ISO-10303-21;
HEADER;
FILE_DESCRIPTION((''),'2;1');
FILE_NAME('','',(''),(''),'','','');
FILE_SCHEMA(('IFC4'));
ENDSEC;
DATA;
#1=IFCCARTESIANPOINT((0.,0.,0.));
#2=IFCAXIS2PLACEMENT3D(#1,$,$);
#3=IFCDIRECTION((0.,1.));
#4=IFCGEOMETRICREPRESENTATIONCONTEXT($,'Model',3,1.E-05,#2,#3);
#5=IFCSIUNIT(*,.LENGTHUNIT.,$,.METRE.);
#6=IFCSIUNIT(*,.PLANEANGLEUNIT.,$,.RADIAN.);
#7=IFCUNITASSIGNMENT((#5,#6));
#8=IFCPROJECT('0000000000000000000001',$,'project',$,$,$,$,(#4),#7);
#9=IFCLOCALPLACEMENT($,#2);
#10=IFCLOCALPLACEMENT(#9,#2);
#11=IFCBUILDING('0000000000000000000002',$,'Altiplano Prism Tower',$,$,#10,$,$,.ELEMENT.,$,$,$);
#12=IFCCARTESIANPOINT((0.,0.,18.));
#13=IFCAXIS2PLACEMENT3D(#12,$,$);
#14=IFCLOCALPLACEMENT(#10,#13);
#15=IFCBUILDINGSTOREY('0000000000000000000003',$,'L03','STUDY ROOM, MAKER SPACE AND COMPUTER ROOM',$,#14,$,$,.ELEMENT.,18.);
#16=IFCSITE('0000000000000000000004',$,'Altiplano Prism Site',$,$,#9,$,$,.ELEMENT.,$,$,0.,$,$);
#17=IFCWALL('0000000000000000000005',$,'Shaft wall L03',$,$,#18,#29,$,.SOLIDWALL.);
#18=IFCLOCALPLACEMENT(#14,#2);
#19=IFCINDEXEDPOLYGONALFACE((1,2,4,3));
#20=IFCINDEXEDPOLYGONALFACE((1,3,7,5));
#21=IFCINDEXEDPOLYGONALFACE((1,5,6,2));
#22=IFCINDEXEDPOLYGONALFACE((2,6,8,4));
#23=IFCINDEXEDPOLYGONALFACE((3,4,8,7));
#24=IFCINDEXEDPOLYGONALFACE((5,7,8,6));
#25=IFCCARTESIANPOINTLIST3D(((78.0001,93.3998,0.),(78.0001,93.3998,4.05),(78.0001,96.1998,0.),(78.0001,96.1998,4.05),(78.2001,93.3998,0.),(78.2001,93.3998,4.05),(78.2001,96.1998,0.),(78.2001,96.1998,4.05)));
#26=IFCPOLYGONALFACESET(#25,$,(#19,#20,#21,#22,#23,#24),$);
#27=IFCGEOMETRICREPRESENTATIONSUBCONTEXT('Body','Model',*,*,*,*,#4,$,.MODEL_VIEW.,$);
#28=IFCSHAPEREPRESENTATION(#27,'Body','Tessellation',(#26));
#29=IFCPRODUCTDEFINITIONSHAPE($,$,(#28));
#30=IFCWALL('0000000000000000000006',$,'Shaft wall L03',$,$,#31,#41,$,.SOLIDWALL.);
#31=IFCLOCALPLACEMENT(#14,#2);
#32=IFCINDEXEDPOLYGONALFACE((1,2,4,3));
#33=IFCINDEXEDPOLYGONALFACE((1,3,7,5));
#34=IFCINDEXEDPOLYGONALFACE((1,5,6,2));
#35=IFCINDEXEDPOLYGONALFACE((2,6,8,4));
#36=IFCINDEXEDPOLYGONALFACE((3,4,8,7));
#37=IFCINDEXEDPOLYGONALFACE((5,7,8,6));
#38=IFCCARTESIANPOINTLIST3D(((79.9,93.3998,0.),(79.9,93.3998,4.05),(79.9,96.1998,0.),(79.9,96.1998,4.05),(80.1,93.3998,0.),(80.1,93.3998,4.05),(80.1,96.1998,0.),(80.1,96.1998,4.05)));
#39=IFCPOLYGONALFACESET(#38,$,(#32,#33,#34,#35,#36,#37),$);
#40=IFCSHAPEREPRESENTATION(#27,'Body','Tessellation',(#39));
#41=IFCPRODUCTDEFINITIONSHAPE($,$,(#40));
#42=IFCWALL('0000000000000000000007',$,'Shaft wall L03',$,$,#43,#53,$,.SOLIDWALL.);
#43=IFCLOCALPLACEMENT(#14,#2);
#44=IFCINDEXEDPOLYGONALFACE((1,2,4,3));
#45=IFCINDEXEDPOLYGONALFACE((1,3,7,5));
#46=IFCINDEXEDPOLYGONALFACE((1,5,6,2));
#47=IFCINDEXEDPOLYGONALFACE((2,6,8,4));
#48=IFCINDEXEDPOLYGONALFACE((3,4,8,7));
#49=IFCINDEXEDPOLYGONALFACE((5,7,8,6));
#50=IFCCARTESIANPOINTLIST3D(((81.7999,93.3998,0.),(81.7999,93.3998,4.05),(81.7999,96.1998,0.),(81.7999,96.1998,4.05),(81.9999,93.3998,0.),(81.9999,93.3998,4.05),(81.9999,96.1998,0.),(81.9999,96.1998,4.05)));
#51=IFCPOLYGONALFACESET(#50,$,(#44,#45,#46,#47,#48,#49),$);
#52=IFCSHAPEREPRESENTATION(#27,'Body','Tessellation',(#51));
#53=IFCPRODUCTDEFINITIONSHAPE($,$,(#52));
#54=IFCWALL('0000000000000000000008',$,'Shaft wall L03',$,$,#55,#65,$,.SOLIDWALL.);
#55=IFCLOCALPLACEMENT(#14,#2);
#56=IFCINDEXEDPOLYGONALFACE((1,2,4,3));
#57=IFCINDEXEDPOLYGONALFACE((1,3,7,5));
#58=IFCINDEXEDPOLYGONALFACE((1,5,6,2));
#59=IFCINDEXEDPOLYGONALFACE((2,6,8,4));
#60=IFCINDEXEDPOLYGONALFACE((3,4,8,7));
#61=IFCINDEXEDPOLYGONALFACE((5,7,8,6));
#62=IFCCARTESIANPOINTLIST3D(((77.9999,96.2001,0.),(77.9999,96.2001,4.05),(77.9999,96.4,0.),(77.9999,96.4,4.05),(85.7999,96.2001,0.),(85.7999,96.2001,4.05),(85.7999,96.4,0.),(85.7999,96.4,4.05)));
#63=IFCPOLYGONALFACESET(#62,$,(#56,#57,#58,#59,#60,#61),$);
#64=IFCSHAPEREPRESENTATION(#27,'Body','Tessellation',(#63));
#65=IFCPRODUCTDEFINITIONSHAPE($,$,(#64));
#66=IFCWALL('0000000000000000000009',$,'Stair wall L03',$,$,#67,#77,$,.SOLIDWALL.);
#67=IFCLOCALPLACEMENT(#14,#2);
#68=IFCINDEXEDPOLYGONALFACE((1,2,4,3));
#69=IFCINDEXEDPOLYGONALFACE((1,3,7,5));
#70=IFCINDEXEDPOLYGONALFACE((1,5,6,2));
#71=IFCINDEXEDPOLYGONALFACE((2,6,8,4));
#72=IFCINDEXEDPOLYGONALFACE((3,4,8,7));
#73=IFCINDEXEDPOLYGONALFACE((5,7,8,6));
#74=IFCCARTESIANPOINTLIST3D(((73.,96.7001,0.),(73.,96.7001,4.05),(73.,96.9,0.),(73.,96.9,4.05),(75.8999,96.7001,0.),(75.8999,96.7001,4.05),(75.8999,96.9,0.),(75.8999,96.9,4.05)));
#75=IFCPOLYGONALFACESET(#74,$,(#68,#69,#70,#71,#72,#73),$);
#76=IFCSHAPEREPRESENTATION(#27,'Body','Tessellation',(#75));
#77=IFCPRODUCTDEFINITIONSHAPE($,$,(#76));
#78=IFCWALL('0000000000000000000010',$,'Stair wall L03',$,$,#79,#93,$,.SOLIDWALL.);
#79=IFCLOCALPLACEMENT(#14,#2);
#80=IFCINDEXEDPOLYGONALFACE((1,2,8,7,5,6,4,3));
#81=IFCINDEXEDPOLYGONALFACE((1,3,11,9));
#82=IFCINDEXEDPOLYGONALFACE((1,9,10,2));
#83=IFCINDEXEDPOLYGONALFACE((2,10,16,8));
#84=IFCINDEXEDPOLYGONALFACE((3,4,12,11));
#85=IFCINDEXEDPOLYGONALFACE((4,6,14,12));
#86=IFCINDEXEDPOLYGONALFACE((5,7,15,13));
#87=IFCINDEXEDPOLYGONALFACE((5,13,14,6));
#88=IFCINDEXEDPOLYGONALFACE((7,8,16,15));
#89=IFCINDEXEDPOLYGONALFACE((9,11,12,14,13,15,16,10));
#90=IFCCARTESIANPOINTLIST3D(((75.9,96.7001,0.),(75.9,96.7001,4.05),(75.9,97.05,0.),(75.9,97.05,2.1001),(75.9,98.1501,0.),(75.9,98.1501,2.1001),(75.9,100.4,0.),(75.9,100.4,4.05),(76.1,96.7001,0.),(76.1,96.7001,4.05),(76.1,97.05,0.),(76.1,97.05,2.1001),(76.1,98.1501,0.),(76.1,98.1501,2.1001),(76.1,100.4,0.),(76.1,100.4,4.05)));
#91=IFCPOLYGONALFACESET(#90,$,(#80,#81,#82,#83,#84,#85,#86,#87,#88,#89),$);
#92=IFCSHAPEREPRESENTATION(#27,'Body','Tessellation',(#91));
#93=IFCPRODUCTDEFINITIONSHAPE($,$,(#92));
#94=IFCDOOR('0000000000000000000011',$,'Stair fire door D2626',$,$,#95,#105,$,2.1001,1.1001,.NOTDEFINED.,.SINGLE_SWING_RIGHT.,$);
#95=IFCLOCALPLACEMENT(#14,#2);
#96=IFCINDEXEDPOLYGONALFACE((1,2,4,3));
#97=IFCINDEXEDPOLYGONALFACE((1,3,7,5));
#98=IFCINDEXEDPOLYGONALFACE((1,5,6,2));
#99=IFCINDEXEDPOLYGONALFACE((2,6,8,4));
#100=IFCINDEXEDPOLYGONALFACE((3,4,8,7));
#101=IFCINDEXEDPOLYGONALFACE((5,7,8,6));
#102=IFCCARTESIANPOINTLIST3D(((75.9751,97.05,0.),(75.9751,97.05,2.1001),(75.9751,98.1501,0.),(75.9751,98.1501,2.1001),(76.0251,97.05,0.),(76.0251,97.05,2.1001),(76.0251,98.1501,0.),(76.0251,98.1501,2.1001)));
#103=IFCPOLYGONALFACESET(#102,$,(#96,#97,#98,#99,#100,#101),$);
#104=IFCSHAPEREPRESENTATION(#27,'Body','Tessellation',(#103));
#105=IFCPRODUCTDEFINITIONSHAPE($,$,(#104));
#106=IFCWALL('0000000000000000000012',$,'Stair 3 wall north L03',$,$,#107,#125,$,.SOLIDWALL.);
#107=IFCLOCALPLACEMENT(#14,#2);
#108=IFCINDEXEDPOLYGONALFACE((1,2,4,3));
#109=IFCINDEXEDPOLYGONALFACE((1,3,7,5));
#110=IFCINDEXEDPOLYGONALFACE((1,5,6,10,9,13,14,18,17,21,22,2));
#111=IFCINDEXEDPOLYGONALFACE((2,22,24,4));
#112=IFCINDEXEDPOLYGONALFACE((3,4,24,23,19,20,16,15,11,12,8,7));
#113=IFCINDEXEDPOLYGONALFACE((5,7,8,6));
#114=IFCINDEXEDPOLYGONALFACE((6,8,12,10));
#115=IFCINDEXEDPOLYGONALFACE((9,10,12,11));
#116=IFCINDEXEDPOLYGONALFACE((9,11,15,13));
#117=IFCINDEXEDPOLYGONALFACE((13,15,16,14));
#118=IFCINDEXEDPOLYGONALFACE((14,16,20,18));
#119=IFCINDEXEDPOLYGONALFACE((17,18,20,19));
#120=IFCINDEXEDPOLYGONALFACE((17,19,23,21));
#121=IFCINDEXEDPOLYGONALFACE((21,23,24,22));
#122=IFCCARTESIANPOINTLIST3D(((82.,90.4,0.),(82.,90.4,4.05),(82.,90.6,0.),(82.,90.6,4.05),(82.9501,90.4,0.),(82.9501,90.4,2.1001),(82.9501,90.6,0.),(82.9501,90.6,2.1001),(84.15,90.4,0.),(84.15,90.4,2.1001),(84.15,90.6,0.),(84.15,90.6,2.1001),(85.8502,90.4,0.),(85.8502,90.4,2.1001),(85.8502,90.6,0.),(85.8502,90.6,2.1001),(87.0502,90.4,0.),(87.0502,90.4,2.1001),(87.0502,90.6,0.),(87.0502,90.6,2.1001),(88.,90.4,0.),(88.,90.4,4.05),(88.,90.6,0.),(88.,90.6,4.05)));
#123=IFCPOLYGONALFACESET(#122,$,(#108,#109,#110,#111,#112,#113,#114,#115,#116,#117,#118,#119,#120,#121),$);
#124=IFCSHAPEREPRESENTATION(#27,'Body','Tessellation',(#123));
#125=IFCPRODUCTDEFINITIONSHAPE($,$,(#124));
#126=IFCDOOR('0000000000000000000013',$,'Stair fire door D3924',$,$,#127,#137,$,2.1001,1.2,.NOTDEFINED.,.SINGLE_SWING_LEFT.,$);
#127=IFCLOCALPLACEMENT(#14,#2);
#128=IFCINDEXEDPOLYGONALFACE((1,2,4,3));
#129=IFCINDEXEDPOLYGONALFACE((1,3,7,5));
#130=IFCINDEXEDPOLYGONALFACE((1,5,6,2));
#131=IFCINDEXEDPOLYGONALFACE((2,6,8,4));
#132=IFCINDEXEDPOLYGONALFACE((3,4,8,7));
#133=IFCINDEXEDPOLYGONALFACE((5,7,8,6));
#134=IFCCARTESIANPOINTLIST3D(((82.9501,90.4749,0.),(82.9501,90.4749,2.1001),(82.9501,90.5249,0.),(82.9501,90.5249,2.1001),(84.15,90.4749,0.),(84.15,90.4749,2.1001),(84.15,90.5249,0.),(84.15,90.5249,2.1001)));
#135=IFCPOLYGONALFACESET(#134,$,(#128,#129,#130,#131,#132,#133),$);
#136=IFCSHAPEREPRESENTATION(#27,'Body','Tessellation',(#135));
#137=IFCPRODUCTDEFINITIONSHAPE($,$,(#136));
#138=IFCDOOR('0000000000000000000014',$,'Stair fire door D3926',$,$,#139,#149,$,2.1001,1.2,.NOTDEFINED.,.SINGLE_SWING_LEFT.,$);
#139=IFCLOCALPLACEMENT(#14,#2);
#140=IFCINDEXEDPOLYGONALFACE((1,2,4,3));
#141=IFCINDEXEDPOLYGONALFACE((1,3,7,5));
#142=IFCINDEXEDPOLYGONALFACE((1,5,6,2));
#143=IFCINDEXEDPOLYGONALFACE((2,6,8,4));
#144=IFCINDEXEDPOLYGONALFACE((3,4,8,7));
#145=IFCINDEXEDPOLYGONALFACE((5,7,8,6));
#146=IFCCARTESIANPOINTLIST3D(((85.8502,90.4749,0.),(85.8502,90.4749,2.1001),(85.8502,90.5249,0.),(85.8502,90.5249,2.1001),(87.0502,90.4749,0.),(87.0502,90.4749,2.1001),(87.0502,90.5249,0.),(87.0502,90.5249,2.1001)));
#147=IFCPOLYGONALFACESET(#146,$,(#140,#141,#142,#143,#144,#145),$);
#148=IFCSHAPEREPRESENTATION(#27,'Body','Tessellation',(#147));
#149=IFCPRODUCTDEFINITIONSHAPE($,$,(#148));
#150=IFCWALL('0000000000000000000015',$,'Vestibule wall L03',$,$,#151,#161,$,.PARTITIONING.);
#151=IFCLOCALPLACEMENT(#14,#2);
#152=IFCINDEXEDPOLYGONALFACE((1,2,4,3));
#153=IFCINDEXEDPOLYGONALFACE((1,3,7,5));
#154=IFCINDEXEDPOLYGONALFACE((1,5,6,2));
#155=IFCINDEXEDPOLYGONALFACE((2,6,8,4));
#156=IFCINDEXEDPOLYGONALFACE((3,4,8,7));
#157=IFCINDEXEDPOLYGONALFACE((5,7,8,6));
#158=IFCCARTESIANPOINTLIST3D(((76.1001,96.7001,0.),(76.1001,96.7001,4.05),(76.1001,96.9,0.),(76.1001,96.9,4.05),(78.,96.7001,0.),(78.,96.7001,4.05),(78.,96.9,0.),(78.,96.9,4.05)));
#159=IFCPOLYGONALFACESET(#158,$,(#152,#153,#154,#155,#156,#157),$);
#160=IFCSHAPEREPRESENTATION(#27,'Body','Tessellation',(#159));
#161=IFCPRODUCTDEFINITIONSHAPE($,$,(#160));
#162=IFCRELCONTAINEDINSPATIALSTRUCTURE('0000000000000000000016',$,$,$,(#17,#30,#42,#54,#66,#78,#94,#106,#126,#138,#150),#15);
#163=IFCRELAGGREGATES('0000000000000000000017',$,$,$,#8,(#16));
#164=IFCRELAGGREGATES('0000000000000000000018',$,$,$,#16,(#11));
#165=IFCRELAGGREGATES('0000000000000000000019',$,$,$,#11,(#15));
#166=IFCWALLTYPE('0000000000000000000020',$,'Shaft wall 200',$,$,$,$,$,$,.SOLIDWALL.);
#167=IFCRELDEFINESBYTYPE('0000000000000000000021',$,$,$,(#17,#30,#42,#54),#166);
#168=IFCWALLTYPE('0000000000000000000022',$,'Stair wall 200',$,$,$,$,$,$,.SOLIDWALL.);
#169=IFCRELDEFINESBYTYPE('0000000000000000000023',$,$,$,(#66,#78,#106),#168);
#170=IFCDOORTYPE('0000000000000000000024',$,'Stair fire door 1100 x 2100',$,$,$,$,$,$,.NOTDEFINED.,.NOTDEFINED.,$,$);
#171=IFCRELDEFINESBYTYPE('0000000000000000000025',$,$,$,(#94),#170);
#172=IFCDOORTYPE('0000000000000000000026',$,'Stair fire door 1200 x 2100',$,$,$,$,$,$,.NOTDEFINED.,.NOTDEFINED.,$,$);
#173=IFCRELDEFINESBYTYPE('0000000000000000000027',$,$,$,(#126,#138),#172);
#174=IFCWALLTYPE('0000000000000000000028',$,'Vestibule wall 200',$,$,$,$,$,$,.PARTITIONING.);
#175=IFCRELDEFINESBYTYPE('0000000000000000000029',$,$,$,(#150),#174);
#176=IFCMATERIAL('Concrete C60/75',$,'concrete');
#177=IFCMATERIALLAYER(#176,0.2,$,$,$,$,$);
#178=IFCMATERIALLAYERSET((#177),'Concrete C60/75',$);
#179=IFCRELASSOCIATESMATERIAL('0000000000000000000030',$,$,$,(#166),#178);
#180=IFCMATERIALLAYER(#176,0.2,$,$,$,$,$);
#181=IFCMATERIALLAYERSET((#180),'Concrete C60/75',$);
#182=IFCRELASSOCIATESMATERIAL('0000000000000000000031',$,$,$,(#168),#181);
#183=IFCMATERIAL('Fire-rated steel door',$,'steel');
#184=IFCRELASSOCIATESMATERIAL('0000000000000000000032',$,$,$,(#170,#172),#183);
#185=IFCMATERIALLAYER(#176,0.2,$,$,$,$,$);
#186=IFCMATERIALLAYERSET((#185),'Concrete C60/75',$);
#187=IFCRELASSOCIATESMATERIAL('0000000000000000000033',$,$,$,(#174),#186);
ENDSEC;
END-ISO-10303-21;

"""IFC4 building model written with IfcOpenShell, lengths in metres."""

from ifc_helpers import new_model, si_unit, direction, frame, frame_2d, origin, place, context, subcontext, project, spatial, rectangle, extrude, material, layer, layer_set, type_object, element, fill, save


model = new_model("IFC4")

# Units and contexts
model_context = context("Model", 3, precision=1e-05, world=origin(), true_north=direction((0.0, 1.0)))
body_context = subcontext(model_context, "Body", "Model", "MODEL_VIEW")
ifc_project = project(units=[si_unit("LENGTHUNIT", "METRE"), si_unit("PLANEANGLEUNIT", "RADIAN")], contexts=[model_context])

# Site, building, storey
site_placement = place(None, origin())
site = spatial("IfcSite", under=ifc_project, at=site_placement, Name="Altiplano Prism Site", CompositionType="ELEMENT", RefElevation=0.0)
building_placement = place(site_placement, origin())
building = spatial("IfcBuilding", under=site, at=building_placement, Name="Altiplano Prism Tower", CompositionType="ELEMENT")
storey_placement = place(building_placement, frame((0.0, 0.0, 18.0)))
storey = spatial("IfcBuildingStorey", under=building, at=storey_placement, Name="L03", Description="STUDY ROOM, MAKER SPACE AND COMPUTER ROOM", CompositionType="ELEMENT", Elevation=18.0)

# Shared definitions
ifc_material_1 = material(Name="Fire-rated steel door", Category="steel")

# Walls
ifc_material_2 = material(Name="Concrete C60/75", Category="concrete")
ifc_layer_1 = layer(ifc_material_2, 0.2)
ifc_layer_set_1 = layer_set([ifc_layer_1], Name="Concrete C60/75")
wall_type_1 = type_object("IfcWallType", Name="Shaft wall 200", PredefinedType="SOLIDWALL", material=ifc_layer_set_1)
for number, where, z_axis, x_axis, name in (
    (1, (78.1001, 93.3999, 0.0), (0.0, 0.0, 1.0), (0.0, 1.0, 0.0), "Shaft wall L03"),
    (2, (80.0, 93.3999, 0.0), (0.0, 0.0, 1.0), (0.0, 1.0, 0.0), "Shaft wall L03"),
    (3, (81.8999, 93.3999, 0.0), (0.0, 0.0, 1.0), (0.0, 1.0, 0.0), "Shaft wall L03"),
):
    element("IfcWall", number, at=place(storey_placement, frame(where, z_axis=z_axis, x_axis=x_axis)), inside=storey, type_object=wall_type_1, Name=name, PredefinedType="SOLIDWALL", context=body_context, shape_type="SweptSolid", body=[
        extrude(rectangle(XDim=2.8, YDim=0.2, at=frame_2d((1.3999, 0.0))), origin(), (0.0, 0.0, 1.0), 4.05),
    ])
wall_1_placement = place(storey_placement, frame((78.0, 96.3, 0.0), z_axis=(0.0, 0.0, 1.0), x_axis=(1.0, 0.0, 0.0)))
element("IfcWall", 4, at=wall_1_placement, inside=storey, type_object=wall_type_1, Name="Shaft wall L03", PredefinedType="SOLIDWALL", context=body_context, shape_type="SweptSolid", body=[
    extrude(rectangle(XDim=7.8, YDim=0.2, at=frame_2d((3.8999, 0.0))), origin(), (0.0, 0.0, 1.0), 4.05),
])
ifc_layer_2 = layer(ifc_material_2, 0.2)
ifc_layer_set_2 = layer_set([ifc_layer_2], Name="Concrete C60/75")
wall_type_2 = type_object("IfcWallType", Name="Stair wall 200", PredefinedType="SOLIDWALL", material=ifc_layer_set_2)
wall_2_placement = place(storey_placement, frame((73.0, 96.8, 0.0), z_axis=(0.0, 0.0, 1.0), x_axis=(1.0, 0.0, 0.0)))
element("IfcWall", 5, at=wall_2_placement, inside=storey, type_object=wall_type_2, Name="Stair wall L03", PredefinedType="SOLIDWALL", context=body_context, shape_type="SweptSolid", body=[
    extrude(rectangle(XDim=2.8999, YDim=0.2, at=frame_2d((1.45, 0.0))), origin(), (0.0, 0.0, 1.0), 4.05),
])

# Wall, opening, door
wall_3_placement = place(storey_placement, frame((76.0, 96.7, 0.0), z_axis=(0.0, 0.0, 1.0), x_axis=(0.0, 1.0, 0.0)))
wall_3 = element("IfcWall", 6, at=wall_3_placement, inside=storey, type_object=wall_type_2, Name="Stair wall L03", PredefinedType="SOLIDWALL", context=body_context, shape_type="SweptSolid", body=[
    extrude(rectangle(XDim=3.7, YDim=0.2, at=frame_2d((1.8501, 0.0))), origin(), (0.0, 0.0, 1.0), 4.05),
])
opening_1_placement = place(wall_3_placement, frame((0.3501, 0.0, 0.0)))
opening_1 = element("IfcOpeningElement", 7, at=opening_1_placement, cuts=wall_3, PredefinedType="OPENING", context=body_context, shape_type="SweptSolid", body=[
    extrude(rectangle(XDim=1.1001, YDim=2.1001, at=frame_2d((0.55, 1.05))), frame((0.0, 0.1104, 0.0), z_axis=(0.0, -1.0, 0.0), x_axis=(1.0, 0.0, 0.0)), (0.0, 0.0, 1.0), 0.2209),
])
door_type_1 = type_object("IfcDoorType", Name="Stair fire door 1100 x 2100", OperationType="NOTDEFINED", PredefinedType="NOTDEFINED", material=ifc_material_1)
door_1_placement = place(opening_1_placement, origin())
door_1 = element("IfcDoor", 8, at=door_1_placement, inside=storey, type_object=door_type_1, Name="Stair fire door D2626", OperationType="SINGLE_SWING_RIGHT", OverallHeight=2.1001, OverallWidth=1.1001, PredefinedType="NOTDEFINED", context=body_context, shape_type="SweptSolid", body=[
    extrude(rectangle(XDim=1.1001, YDim=2.1001, at=frame_2d((0.55, 1.05))), frame((0.0, 0.0249, 0.0), z_axis=(0.0, -1.0, 0.0), x_axis=(1.0, 0.0, 0.0)), (0.0, 0.0, 1.0), 0.05),
])
fill(opening_1, door_1)

# Wall, openings, doors
wall_4_placement = place(storey_placement, frame((82.0, 90.5, 0.0), z_axis=(0.0, 0.0, 1.0), x_axis=(1.0, 0.0, 0.0)))
wall_4 = element("IfcWall", 9, at=wall_4_placement, inside=storey, type_object=wall_type_2, Name="Stair 3 wall north L03", PredefinedType="SOLIDWALL", context=body_context, shape_type="SweptSolid", body=[
    extrude(rectangle(XDim=6.0, YDim=0.2, at=frame_2d((3.0, 0.0))), origin(), (0.0, 0.0, 1.0), 4.05),
])
opening_2_placement = place(wall_4_placement, frame((0.95, 0.0, 0.0)))
opening_2 = element("IfcOpeningElement", 10, at=opening_2_placement, cuts=wall_4, PredefinedType="OPENING", context=body_context, shape_type="SweptSolid", body=[
    extrude(rectangle(XDim=1.2, YDim=2.1001, at=frame_2d((0.6001, 1.05))), frame((0.0, 0.1104, 0.0), z_axis=(0.0, -1.0, 0.0), x_axis=(1.0, 0.0, 0.0)), (0.0, 0.0, 1.0), 0.2209),
])
opening_3_placement = place(wall_4_placement, frame((3.8501, 0.0, 0.0)))
opening_3 = element("IfcOpeningElement", 11, at=opening_3_placement, cuts=wall_4, PredefinedType="OPENING", context=body_context, shape_type="SweptSolid", body=[
    extrude(rectangle(XDim=1.2, YDim=2.1001, at=frame_2d((0.6001, 1.05))), frame((0.0, 0.1104, 0.0), z_axis=(0.0, -1.0, 0.0), x_axis=(1.0, 0.0, 0.0)), (0.0, 0.0, 1.0), 0.2209),
])
door_type_2 = type_object("IfcDoorType", Name="Stair fire door 1200 x 2100", OperationType="NOTDEFINED", PredefinedType="NOTDEFINED", material=ifc_material_1)
door_2_placement = place(opening_2_placement, origin())
door_2 = element("IfcDoor", 12, at=door_2_placement, inside=storey, type_object=door_type_2, Name="Stair fire door D3924", OperationType="SINGLE_SWING_LEFT", OverallHeight=2.1001, OverallWidth=1.2, PredefinedType="NOTDEFINED", context=body_context, shape_type="SweptSolid", body=[
    extrude(rectangle(XDim=1.2, YDim=2.1001, at=frame_2d((0.6001, 1.05))), frame((0.0, 0.0249, 0.0), z_axis=(0.0, -1.0, 0.0), x_axis=(1.0, 0.0, 0.0)), (0.0, 0.0, 1.0), 0.05),
])
fill(opening_2, door_2)
door_3_placement = place(opening_3_placement, origin())
door_3 = element("IfcDoor", 13, at=door_3_placement, inside=storey, type_object=door_type_2, Name="Stair fire door D3926", OperationType="SINGLE_SWING_LEFT", OverallHeight=2.1001, OverallWidth=1.2, PredefinedType="NOTDEFINED", context=body_context, shape_type="SweptSolid", body=[
    extrude(rectangle(XDim=1.2, YDim=2.1001, at=frame_2d((0.6001, 1.05))), frame((0.0, 0.0249, 0.0), z_axis=(0.0, -1.0, 0.0), x_axis=(1.0, 0.0, 0.0)), (0.0, 0.0, 1.0), 0.05),
])
fill(opening_3, door_3)

# Wall
ifc_layer_3 = layer(ifc_material_2, 0.2)
ifc_layer_set_3 = layer_set([ifc_layer_3], Name="Concrete C60/75")
wall_type_3 = type_object("IfcWallType", Name="Vestibule wall 200", PredefinedType="PARTITIONING", material=ifc_layer_set_3)
wall_5_placement = place(storey_placement, frame((76.1001, 96.8, 0.0), z_axis=(0.0, 0.0, 1.0), x_axis=(1.0, 0.0, 0.0)))
element("IfcWall", 14, at=wall_5_placement, inside=storey, type_object=wall_type_3, Name="Vestibule wall L03", PredefinedType="PARTITIONING", context=body_context, shape_type="SweptSolid", body=[
    extrude(rectangle(XDim=1.8999, YDim=0.2, at=frame_2d((0.95, 0.0))), origin(), (0.0, 0.0, 1.0), 4.05),
])

save(model, "model.ifc")
